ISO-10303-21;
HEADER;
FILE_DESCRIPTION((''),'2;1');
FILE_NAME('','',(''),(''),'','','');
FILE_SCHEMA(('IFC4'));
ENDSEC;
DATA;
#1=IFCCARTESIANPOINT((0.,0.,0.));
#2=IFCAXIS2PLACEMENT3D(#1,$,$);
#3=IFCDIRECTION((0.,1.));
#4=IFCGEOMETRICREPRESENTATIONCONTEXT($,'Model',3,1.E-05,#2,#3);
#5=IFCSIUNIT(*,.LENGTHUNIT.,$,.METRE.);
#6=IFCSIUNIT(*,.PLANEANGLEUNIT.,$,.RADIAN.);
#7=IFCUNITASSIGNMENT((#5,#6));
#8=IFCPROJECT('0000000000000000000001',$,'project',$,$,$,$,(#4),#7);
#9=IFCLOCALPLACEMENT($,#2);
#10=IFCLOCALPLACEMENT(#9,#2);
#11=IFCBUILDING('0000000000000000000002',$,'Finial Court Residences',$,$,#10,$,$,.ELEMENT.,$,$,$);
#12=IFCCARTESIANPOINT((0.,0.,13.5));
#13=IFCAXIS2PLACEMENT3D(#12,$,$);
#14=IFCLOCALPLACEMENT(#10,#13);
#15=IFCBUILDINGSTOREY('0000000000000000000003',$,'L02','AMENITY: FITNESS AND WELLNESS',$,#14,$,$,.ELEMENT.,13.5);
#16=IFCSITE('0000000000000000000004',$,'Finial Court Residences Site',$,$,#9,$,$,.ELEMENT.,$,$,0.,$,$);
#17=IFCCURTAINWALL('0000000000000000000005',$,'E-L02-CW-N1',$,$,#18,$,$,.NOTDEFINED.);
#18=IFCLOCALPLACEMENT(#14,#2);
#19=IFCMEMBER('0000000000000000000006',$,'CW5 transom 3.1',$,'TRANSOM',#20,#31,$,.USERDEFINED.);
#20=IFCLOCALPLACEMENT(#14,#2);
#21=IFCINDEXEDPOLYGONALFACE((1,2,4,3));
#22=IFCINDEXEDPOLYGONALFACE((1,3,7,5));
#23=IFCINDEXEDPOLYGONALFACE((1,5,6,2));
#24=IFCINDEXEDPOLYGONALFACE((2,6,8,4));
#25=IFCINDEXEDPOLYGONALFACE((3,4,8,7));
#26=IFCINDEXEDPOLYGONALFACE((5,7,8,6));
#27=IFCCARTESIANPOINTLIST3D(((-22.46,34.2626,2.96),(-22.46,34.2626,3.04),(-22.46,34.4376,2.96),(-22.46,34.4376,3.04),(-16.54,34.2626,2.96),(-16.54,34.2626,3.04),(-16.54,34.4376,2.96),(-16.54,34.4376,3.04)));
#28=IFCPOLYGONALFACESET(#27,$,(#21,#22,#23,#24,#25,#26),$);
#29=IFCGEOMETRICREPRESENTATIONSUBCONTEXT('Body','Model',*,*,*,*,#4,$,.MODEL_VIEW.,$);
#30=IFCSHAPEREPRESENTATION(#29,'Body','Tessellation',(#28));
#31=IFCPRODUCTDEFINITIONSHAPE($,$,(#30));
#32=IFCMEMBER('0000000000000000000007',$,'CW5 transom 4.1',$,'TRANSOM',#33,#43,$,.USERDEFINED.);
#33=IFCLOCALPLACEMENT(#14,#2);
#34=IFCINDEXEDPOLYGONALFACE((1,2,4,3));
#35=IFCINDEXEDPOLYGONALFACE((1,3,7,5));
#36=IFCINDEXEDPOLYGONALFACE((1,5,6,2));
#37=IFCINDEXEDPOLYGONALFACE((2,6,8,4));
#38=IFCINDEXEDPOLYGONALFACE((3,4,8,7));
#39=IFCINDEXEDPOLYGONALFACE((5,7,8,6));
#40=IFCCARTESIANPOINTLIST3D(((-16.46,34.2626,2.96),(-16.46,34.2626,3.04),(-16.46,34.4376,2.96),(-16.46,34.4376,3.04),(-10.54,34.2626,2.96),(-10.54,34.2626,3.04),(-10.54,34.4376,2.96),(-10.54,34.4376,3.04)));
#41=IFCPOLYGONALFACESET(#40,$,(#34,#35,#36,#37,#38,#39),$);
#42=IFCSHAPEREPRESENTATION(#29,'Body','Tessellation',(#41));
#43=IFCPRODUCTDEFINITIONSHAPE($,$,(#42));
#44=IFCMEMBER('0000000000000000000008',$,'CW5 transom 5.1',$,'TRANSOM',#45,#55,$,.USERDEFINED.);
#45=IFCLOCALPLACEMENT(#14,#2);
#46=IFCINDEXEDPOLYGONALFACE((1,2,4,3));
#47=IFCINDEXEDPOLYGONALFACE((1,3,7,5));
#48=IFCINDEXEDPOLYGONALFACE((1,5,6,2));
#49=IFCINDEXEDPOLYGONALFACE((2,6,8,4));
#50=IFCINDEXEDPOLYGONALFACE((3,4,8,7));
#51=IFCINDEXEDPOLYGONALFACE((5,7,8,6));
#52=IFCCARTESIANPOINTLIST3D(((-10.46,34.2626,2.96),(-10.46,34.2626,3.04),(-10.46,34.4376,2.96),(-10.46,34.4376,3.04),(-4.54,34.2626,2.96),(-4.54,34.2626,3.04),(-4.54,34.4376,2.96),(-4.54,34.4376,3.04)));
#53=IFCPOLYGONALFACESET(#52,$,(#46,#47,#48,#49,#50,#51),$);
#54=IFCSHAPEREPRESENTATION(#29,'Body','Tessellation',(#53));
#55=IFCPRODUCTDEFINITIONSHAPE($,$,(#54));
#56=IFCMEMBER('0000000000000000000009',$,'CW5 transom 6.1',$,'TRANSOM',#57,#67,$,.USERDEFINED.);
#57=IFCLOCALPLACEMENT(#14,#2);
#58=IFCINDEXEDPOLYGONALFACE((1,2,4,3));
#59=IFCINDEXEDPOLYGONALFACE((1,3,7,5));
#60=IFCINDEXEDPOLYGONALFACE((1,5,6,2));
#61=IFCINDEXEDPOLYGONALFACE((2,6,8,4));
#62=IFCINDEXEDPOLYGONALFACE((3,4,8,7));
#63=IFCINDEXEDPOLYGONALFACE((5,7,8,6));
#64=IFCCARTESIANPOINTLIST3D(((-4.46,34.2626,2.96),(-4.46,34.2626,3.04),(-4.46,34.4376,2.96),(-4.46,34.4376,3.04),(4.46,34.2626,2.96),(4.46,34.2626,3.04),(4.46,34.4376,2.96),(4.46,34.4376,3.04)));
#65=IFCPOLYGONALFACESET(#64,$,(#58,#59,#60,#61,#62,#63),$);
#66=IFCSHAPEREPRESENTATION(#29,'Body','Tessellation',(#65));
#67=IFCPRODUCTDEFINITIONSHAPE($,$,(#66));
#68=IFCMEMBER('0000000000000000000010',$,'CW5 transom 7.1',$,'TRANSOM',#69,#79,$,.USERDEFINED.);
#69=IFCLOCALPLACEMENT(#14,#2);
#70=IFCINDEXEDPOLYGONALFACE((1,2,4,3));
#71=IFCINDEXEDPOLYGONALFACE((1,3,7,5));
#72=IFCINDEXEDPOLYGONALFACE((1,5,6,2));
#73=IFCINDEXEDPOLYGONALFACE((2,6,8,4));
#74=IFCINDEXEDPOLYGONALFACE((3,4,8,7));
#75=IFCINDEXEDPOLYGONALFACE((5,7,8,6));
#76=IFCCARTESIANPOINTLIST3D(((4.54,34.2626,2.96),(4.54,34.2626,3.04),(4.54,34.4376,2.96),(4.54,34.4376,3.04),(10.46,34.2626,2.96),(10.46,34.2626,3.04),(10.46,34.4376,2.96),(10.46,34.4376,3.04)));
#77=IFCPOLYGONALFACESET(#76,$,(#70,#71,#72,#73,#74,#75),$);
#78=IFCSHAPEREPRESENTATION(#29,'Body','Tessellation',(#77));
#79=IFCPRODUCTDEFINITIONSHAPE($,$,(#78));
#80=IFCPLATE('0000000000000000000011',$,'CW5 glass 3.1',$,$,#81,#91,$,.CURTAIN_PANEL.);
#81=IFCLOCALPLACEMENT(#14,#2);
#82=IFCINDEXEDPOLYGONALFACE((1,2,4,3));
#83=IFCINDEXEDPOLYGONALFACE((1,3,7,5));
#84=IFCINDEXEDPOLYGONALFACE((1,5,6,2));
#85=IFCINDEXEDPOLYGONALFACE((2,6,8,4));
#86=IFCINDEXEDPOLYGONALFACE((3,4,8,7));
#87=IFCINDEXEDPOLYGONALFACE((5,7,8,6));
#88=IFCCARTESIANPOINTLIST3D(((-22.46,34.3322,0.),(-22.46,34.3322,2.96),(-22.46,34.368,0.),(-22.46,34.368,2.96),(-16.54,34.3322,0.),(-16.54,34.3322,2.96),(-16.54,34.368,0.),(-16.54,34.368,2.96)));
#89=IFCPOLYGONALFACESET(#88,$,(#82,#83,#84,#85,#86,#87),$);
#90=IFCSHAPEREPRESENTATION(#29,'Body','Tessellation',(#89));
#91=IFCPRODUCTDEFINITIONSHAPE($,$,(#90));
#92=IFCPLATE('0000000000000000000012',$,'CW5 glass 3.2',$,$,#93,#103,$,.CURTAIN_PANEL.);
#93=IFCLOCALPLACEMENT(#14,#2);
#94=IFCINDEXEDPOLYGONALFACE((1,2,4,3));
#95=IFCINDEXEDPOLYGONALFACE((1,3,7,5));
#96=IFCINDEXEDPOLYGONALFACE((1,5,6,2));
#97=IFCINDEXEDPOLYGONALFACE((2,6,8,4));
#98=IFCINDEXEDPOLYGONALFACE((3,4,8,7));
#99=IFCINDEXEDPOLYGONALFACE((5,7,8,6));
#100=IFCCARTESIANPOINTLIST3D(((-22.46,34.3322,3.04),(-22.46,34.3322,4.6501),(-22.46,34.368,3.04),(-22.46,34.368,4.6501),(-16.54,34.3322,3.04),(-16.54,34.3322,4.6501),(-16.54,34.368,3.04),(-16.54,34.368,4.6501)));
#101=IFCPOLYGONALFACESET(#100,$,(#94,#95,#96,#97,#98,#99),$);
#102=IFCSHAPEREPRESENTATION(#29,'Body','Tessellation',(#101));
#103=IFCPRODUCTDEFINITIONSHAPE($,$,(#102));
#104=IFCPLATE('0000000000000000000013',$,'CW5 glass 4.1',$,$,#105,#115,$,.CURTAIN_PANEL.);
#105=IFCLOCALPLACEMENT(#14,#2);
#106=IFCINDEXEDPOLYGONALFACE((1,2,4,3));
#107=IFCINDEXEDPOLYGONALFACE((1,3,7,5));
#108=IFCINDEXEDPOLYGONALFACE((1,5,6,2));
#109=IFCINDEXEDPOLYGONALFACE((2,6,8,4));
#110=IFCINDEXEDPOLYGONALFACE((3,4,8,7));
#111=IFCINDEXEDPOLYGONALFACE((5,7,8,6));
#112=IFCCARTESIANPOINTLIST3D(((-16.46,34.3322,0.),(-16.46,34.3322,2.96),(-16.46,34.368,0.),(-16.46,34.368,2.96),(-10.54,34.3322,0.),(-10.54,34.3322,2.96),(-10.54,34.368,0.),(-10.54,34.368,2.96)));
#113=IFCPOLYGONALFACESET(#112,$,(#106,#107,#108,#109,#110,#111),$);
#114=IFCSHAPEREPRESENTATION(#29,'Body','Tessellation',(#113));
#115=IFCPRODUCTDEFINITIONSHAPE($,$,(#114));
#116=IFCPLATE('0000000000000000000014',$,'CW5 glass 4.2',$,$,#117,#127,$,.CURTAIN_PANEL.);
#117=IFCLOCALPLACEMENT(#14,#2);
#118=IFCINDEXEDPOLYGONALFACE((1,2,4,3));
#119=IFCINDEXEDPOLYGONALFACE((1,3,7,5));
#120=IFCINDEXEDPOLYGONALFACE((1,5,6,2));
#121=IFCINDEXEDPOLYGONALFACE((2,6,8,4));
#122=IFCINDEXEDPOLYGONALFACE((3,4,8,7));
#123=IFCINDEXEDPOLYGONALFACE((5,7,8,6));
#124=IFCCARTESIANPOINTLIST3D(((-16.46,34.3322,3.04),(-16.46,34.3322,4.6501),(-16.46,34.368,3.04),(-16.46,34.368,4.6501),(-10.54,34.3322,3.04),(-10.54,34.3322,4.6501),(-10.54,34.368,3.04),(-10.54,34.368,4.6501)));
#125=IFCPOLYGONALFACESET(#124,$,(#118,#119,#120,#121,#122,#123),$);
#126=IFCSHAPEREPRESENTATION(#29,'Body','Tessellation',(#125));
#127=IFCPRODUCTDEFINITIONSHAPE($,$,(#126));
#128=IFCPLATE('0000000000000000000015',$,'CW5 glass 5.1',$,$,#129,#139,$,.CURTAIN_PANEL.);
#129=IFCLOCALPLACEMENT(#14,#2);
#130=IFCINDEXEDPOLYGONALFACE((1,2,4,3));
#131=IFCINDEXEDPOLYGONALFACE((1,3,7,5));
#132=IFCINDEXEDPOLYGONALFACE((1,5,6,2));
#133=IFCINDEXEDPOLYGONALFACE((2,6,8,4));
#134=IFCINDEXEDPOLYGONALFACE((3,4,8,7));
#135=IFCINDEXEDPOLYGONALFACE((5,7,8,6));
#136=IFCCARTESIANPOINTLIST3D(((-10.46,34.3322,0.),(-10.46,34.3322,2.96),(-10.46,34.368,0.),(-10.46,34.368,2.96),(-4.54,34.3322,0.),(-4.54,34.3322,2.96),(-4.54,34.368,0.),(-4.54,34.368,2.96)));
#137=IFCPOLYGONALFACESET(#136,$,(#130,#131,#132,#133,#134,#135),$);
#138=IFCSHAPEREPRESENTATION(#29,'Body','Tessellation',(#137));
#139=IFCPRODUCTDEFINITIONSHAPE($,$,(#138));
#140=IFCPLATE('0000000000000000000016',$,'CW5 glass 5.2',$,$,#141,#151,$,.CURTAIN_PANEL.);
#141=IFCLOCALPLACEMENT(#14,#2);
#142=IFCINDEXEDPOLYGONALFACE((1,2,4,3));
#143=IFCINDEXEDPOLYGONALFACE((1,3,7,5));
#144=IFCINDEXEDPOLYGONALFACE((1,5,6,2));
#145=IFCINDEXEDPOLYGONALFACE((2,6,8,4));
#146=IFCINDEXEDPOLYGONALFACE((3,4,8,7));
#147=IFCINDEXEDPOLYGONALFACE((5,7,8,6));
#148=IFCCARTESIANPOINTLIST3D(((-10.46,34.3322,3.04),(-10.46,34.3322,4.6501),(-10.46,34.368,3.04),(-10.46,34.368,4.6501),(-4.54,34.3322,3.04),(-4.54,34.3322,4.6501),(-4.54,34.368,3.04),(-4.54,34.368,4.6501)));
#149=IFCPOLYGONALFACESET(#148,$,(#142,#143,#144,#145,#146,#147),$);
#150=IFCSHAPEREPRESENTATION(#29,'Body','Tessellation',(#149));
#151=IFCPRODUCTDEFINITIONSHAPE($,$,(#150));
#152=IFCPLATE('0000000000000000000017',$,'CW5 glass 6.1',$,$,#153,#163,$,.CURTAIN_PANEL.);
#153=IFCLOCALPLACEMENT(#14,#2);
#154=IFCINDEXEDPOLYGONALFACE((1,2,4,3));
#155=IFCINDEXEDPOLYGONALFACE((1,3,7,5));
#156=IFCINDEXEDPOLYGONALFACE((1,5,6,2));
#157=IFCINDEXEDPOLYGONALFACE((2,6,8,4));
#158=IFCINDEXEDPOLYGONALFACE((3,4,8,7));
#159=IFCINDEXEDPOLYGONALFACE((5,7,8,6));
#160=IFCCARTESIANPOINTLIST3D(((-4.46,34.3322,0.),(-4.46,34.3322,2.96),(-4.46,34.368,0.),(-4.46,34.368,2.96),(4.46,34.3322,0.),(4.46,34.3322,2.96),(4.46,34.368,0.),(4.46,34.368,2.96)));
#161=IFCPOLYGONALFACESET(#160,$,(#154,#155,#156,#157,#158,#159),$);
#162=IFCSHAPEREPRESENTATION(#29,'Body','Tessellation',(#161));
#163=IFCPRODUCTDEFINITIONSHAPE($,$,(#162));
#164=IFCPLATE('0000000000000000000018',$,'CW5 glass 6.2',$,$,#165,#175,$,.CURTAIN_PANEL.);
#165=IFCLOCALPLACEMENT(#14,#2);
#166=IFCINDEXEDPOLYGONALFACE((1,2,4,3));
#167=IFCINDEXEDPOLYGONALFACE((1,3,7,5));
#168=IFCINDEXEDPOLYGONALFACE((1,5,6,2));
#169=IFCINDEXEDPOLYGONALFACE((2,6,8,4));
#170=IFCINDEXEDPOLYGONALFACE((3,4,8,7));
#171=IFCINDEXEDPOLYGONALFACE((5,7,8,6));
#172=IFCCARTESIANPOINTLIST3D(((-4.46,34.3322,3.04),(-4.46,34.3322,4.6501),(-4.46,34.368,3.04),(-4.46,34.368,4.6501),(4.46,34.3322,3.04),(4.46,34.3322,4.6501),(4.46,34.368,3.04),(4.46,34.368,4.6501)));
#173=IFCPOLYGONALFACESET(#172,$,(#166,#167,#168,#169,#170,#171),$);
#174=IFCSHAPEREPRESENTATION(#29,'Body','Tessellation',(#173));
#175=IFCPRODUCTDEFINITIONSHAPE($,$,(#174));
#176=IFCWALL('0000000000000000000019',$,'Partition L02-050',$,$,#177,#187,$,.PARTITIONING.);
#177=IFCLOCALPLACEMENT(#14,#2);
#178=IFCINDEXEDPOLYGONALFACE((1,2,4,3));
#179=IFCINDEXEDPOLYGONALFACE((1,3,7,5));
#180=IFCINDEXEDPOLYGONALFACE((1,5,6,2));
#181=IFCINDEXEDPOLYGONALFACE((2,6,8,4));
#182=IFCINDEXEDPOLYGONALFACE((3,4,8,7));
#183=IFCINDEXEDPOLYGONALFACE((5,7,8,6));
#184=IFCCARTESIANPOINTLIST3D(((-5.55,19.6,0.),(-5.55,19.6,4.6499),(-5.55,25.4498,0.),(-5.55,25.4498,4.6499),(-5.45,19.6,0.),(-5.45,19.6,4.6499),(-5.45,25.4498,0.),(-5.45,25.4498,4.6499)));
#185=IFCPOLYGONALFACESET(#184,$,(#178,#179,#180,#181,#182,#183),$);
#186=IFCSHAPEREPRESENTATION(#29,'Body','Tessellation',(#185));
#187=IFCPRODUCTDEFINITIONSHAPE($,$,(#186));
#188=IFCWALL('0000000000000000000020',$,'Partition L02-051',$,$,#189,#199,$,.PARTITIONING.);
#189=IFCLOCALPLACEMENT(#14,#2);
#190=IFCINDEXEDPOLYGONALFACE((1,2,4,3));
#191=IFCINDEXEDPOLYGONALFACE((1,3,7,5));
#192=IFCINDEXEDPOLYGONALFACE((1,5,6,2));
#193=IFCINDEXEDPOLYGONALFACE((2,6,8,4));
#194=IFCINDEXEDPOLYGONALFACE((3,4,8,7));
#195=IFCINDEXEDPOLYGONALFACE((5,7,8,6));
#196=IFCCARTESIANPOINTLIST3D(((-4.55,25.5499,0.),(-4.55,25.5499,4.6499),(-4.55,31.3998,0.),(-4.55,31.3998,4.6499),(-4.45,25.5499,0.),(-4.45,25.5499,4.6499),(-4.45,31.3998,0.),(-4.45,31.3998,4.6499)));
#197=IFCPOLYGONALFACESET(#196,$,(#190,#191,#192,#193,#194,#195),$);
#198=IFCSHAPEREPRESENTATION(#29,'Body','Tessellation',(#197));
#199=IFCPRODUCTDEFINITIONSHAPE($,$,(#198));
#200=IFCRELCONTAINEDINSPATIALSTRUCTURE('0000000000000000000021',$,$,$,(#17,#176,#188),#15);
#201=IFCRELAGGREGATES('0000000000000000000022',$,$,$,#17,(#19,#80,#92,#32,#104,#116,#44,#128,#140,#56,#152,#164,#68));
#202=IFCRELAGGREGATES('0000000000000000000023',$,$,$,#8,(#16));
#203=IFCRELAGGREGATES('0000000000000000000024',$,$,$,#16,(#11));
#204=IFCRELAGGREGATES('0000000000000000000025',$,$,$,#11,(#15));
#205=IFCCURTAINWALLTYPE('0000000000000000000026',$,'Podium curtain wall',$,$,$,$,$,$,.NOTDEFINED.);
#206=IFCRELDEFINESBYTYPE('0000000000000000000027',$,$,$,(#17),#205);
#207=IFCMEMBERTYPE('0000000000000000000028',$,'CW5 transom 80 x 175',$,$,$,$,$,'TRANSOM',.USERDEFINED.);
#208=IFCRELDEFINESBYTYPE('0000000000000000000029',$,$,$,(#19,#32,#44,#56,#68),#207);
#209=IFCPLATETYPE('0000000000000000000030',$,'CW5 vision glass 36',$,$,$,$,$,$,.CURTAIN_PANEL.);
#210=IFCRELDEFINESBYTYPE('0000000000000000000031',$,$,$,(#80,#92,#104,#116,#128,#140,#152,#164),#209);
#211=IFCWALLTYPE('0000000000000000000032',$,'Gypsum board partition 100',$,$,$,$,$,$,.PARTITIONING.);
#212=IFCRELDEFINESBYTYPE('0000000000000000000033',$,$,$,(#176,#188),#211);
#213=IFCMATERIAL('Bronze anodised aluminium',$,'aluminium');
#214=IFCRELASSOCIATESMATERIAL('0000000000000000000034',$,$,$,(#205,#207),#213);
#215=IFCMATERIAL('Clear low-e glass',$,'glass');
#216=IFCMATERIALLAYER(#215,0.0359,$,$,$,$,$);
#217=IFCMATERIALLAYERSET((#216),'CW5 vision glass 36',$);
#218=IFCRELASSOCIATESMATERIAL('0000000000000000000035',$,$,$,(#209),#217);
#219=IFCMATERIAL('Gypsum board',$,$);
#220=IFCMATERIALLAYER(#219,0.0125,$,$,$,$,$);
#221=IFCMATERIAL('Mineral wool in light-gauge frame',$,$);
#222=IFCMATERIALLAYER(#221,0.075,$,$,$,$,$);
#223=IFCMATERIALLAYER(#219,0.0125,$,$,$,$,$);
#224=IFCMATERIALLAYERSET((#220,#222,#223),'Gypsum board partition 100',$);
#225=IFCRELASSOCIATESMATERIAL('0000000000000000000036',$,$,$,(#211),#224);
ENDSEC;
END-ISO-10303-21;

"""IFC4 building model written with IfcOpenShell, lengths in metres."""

from ifc_helpers import new_model, si_unit, direction, frame, frame_2d, origin, origin_2d, place, context, subcontext, project, spatial, rectangle, extrude, material, layer, layer_set, material_profile, profile_set, type_object, element, aggregate, save


model = new_model("IFC4")

# Units and contexts
model_context = context("Model", 3, precision=1e-05, world=origin(), true_north=direction((0.0, 1.0)))
body_context = subcontext(model_context, "Body", "Model", "MODEL_VIEW")
ifc_project = project(units=[si_unit("LENGTHUNIT", "METRE"), si_unit("PLANEANGLEUNIT", "RADIAN")], contexts=[model_context])

# Site, building, storey
site_placement = place(None, origin())
site = spatial("IfcSite", under=ifc_project, at=site_placement, Name="Finial Court Residences Site", CompositionType="ELEMENT", RefElevation=0.0)
building_placement = place(site_placement, origin())
building = spatial("IfcBuilding", under=site, at=building_placement, Name="Finial Court Residences", CompositionType="ELEMENT")
storey_placement = place(building_placement, frame((0.0, 0.0, 13.5)))
storey = spatial("IfcBuildingStorey", under=building, at=storey_placement, Name="L02", Description="AMENITY: FITNESS AND WELLNESS", CompositionType="ELEMENT", Elevation=13.5)

# Curtain wall, members, plates
ifc_material_1 = material(Name="Bronze anodised aluminium", Category="aluminium")
curtain_wall_type = type_object("IfcCurtainWallType", Name="Podium curtain wall", PredefinedType="NOTDEFINED", material=ifc_material_1)
curtain_wall_placement = place(storey_placement, origin())
curtain_wall = element("IfcCurtainWall", 1, at=curtain_wall_placement, inside=storey, type_object=curtain_wall_type, Name="E-L02-CW-N1", PredefinedType="NOTDEFINED")
ifc_material_profile_1 = material_profile(ifc_material_1, rectangle(XDim=0.175, YDim=0.0801, at=origin_2d()), Name="CW5 transom 80 x 175")
ifc_profile_set_1 = profile_set([ifc_material_profile_1], Name="Bronze anodised aluminium")
member_type_1 = type_object("IfcMemberType", Name="CW5 transom 80 x 175", ElementType="TRANSOM", PredefinedType="USERDEFINED", material=ifc_profile_set_1)
member_1_placement = place(storey_placement, frame((-22.46, 34.3501, 3.0), z_axis=(1.0, 0.0, 0.0), x_axis=(0.0, 1.0, 0.0)))
member_1 = element("IfcMember", 2, at=member_1_placement, type_object=member_type_1, Name="CW5 transom 3.1", ObjectType="TRANSOM", PredefinedType="USERDEFINED", context=body_context, shape_type="SweptSolid", body=[
    extrude(rectangle(XDim=0.175, YDim=0.0801, at=origin_2d()), origin(), (0.0, 0.0, 1.0), 5.9199),
])
member_2_placement = place(storey_placement, frame((-16.46, 34.3501, 3.0), z_axis=(1.0, 0.0, 0.0), x_axis=(0.0, 1.0, 0.0)))
member_2 = element("IfcMember", 3, at=member_2_placement, type_object=member_type_1, Name="CW5 transom 4.1", ObjectType="TRANSOM", PredefinedType="USERDEFINED", context=body_context, shape_type="SweptSolid", body=[
    extrude(rectangle(XDim=0.175, YDim=0.0801, at=origin_2d()), origin(), (0.0, 0.0, 1.0), 5.9199),
])
member_3_placement = place(storey_placement, frame((-10.46, 34.3501, 3.0), z_axis=(1.0, 0.0, 0.0), x_axis=(0.0, 1.0, 0.0)))
member_3 = element("IfcMember", 4, at=member_3_placement, type_object=member_type_1, Name="CW5 transom 5.1", ObjectType="TRANSOM", PredefinedType="USERDEFINED", context=body_context, shape_type="SweptSolid", body=[
    extrude(rectangle(XDim=0.175, YDim=0.0801, at=origin_2d()), origin(), (0.0, 0.0, 1.0), 5.9199),
])
member_4_placement = place(storey_placement, frame((-4.46, 34.3501, 3.0), z_axis=(1.0, 0.0, 0.0), x_axis=(0.0, 1.0, 0.0)))
member_4 = element("IfcMember", 5, at=member_4_placement, type_object=member_type_1, Name="CW5 transom 6.1", ObjectType="TRANSOM", PredefinedType="USERDEFINED", context=body_context, shape_type="SweptSolid", body=[
    extrude(rectangle(XDim=0.175, YDim=0.0801, at=origin_2d()), origin(), (0.0, 0.0, 1.0), 8.9199),
])
member_5_placement = place(storey_placement, frame((4.54, 34.3501, 3.0), z_axis=(1.0, 0.0, 0.0), x_axis=(0.0, 1.0, 0.0)))
member_5 = element("IfcMember", 6, at=member_5_placement, type_object=member_type_1, Name="CW5 transom 7.1", ObjectType="TRANSOM", PredefinedType="USERDEFINED", context=body_context, shape_type="SweptSolid", body=[
    extrude(rectangle(XDim=0.175, YDim=0.0801, at=origin_2d()), origin(), (0.0, 0.0, 1.0), 5.9199),
])
ifc_material_2 = material(Name="Clear low-e glass", Category="glass")
ifc_layer_1 = layer(ifc_material_2, 0.0359)
ifc_layer_set_1 = layer_set([ifc_layer_1], Name="CW5 vision glass 36")
plate_type = type_object("IfcPlateType", Name="CW5 vision glass 36", PredefinedType="CURTAIN_PANEL", material=ifc_layer_set_1)
plate_1_placement = place(storey_placement, frame((-19.5, 34.3501, 0.0), z_axis=(0.0, 0.0, 1.0), x_axis=(1.0, 0.0, 0.0)))
plate_1 = element("IfcPlate", 7, at=plate_1_placement, type_object=plate_type, Name="CW5 glass 3.1", PredefinedType="CURTAIN_PANEL", context=body_context, shape_type="SweptSolid", body=[
    extrude(rectangle(XDim=5.9199, YDim=0.0359, at=origin_2d()), origin(), (0.0, 0.0, 1.0), 2.96),
])
plate_2_placement = place(storey_placement, frame((-19.5, 34.3501, 3.04), z_axis=(0.0, 0.0, 1.0), x_axis=(1.0, 0.0, 0.0)))
plate_2 = element("IfcPlate", 8, at=plate_2_placement, type_object=plate_type, Name="CW5 glass 3.2", PredefinedType="CURTAIN_PANEL", context=body_context, shape_type="SweptSolid", body=[
    extrude(rectangle(XDim=5.9199, YDim=0.0359, at=origin_2d()), origin(), (0.0, 0.0, 1.0), 1.6101),
])
plate_3_placement = place(storey_placement, frame((-13.5, 34.3501, 0.0), z_axis=(0.0, 0.0, 1.0), x_axis=(1.0, 0.0, 0.0)))
plate_3 = element("IfcPlate", 9, at=plate_3_placement, type_object=plate_type, Name="CW5 glass 4.1", PredefinedType="CURTAIN_PANEL", context=body_context, shape_type="SweptSolid", body=[
    extrude(rectangle(XDim=5.9199, YDim=0.0359, at=origin_2d()), origin(), (0.0, 0.0, 1.0), 2.96),
])
plate_4_placement = place(storey_placement, frame((-13.5, 34.3501, 3.04), z_axis=(0.0, 0.0, 1.0), x_axis=(1.0, 0.0, 0.0)))
plate_4 = element("IfcPlate", 10, at=plate_4_placement, type_object=plate_type, Name="CW5 glass 4.2", PredefinedType="CURTAIN_PANEL", context=body_context, shape_type="SweptSolid", body=[
    extrude(rectangle(XDim=5.9199, YDim=0.0359, at=origin_2d()), origin(), (0.0, 0.0, 1.0), 1.6101),
])
plate_5_placement = place(storey_placement, frame((-7.5, 34.3501, 0.0), z_axis=(0.0, 0.0, 1.0), x_axis=(1.0, 0.0, 0.0)))
plate_5 = element("IfcPlate", 11, at=plate_5_placement, type_object=plate_type, Name="CW5 glass 5.1", PredefinedType="CURTAIN_PANEL", context=body_context, shape_type="SweptSolid", body=[
    extrude(rectangle(XDim=5.9199, YDim=0.0359, at=origin_2d()), origin(), (0.0, 0.0, 1.0), 2.96),
])
plate_6_placement = place(storey_placement, frame((-7.5, 34.3501, 3.04), z_axis=(0.0, 0.0, 1.0), x_axis=(1.0, 0.0, 0.0)))
plate_6 = element("IfcPlate", 12, at=plate_6_placement, type_object=plate_type, Name="CW5 glass 5.2", PredefinedType="CURTAIN_PANEL", context=body_context, shape_type="SweptSolid", body=[
    extrude(rectangle(XDim=5.9199, YDim=0.0359, at=origin_2d()), origin(), (0.0, 0.0, 1.0), 1.6101),
])
plate_7_placement = place(storey_placement, frame((0.0, 34.3501, 0.0), z_axis=(0.0, 0.0, 1.0), x_axis=(1.0, 0.0, 0.0)))
plate_7 = element("IfcPlate", 13, at=plate_7_placement, type_object=plate_type, Name="CW5 glass 6.1", PredefinedType="CURTAIN_PANEL", context=body_context, shape_type="SweptSolid", body=[
    extrude(rectangle(XDim=8.9199, YDim=0.0359, at=origin_2d()), origin(), (0.0, 0.0, 1.0), 2.96),
])
plate_8_placement = place(storey_placement, frame((0.0, 34.3501, 3.04), z_axis=(0.0, 0.0, 1.0), x_axis=(1.0, 0.0, 0.0)))
plate_8 = element("IfcPlate", 14, at=plate_8_placement, type_object=plate_type, Name="CW5 glass 6.2", PredefinedType="CURTAIN_PANEL", context=body_context, shape_type="SweptSolid", body=[
    extrude(rectangle(XDim=8.9199, YDim=0.0359, at=origin_2d()), origin(), (0.0, 0.0, 1.0), 1.6101),
])
aggregate(curtain_wall, [member_1, plate_1, plate_2, member_2, plate_3, plate_4, member_3, plate_5, plate_6, member_4, plate_7, plate_8, member_5])

# Walls
ifc_material_3 = material(Name="Gypsum board")
ifc_layer_2 = layer(ifc_material_3, 0.0125)
ifc_material_4 = material(Name="Mineral wool in light-gauge frame")
ifc_layer_3 = layer(ifc_material_4, 0.075)
ifc_layer_4 = layer(ifc_material_3, 0.0125)
ifc_layer_set_2 = layer_set([ifc_layer_2, ifc_layer_3, ifc_layer_4], Name="Gypsum board partition 100")
wall_type = type_object("IfcWallType", Name="Gypsum board partition 100", PredefinedType="PARTITIONING", material=ifc_layer_set_2)
for number, where, z_axis, x_axis, name in (
    (15, (-5.5, 19.6001, 0.0), (0.0, 0.0, 1.0), (0.0, 1.0, 0.0), "Partition L02-050"),
    (16, (-4.5, 25.55, 0.0), (0.0, 0.0, 1.0), (0.0, 1.0, 0.0), "Partition L02-051"),
):
    element("IfcWall", number, at=place(storey_placement, frame(where, z_axis=z_axis, x_axis=x_axis)), inside=storey, type_object=wall_type, Name=name, PredefinedType="PARTITIONING", context=body_context, shape_type="SweptSolid", body=[
        extrude(rectangle(XDim=5.8499, YDim=0.1001, at=frame_2d((2.9248, 0.0))), origin(), (0.0, 0.0, 1.0), 4.6499),
    ])

save(model, "model.ifc")
